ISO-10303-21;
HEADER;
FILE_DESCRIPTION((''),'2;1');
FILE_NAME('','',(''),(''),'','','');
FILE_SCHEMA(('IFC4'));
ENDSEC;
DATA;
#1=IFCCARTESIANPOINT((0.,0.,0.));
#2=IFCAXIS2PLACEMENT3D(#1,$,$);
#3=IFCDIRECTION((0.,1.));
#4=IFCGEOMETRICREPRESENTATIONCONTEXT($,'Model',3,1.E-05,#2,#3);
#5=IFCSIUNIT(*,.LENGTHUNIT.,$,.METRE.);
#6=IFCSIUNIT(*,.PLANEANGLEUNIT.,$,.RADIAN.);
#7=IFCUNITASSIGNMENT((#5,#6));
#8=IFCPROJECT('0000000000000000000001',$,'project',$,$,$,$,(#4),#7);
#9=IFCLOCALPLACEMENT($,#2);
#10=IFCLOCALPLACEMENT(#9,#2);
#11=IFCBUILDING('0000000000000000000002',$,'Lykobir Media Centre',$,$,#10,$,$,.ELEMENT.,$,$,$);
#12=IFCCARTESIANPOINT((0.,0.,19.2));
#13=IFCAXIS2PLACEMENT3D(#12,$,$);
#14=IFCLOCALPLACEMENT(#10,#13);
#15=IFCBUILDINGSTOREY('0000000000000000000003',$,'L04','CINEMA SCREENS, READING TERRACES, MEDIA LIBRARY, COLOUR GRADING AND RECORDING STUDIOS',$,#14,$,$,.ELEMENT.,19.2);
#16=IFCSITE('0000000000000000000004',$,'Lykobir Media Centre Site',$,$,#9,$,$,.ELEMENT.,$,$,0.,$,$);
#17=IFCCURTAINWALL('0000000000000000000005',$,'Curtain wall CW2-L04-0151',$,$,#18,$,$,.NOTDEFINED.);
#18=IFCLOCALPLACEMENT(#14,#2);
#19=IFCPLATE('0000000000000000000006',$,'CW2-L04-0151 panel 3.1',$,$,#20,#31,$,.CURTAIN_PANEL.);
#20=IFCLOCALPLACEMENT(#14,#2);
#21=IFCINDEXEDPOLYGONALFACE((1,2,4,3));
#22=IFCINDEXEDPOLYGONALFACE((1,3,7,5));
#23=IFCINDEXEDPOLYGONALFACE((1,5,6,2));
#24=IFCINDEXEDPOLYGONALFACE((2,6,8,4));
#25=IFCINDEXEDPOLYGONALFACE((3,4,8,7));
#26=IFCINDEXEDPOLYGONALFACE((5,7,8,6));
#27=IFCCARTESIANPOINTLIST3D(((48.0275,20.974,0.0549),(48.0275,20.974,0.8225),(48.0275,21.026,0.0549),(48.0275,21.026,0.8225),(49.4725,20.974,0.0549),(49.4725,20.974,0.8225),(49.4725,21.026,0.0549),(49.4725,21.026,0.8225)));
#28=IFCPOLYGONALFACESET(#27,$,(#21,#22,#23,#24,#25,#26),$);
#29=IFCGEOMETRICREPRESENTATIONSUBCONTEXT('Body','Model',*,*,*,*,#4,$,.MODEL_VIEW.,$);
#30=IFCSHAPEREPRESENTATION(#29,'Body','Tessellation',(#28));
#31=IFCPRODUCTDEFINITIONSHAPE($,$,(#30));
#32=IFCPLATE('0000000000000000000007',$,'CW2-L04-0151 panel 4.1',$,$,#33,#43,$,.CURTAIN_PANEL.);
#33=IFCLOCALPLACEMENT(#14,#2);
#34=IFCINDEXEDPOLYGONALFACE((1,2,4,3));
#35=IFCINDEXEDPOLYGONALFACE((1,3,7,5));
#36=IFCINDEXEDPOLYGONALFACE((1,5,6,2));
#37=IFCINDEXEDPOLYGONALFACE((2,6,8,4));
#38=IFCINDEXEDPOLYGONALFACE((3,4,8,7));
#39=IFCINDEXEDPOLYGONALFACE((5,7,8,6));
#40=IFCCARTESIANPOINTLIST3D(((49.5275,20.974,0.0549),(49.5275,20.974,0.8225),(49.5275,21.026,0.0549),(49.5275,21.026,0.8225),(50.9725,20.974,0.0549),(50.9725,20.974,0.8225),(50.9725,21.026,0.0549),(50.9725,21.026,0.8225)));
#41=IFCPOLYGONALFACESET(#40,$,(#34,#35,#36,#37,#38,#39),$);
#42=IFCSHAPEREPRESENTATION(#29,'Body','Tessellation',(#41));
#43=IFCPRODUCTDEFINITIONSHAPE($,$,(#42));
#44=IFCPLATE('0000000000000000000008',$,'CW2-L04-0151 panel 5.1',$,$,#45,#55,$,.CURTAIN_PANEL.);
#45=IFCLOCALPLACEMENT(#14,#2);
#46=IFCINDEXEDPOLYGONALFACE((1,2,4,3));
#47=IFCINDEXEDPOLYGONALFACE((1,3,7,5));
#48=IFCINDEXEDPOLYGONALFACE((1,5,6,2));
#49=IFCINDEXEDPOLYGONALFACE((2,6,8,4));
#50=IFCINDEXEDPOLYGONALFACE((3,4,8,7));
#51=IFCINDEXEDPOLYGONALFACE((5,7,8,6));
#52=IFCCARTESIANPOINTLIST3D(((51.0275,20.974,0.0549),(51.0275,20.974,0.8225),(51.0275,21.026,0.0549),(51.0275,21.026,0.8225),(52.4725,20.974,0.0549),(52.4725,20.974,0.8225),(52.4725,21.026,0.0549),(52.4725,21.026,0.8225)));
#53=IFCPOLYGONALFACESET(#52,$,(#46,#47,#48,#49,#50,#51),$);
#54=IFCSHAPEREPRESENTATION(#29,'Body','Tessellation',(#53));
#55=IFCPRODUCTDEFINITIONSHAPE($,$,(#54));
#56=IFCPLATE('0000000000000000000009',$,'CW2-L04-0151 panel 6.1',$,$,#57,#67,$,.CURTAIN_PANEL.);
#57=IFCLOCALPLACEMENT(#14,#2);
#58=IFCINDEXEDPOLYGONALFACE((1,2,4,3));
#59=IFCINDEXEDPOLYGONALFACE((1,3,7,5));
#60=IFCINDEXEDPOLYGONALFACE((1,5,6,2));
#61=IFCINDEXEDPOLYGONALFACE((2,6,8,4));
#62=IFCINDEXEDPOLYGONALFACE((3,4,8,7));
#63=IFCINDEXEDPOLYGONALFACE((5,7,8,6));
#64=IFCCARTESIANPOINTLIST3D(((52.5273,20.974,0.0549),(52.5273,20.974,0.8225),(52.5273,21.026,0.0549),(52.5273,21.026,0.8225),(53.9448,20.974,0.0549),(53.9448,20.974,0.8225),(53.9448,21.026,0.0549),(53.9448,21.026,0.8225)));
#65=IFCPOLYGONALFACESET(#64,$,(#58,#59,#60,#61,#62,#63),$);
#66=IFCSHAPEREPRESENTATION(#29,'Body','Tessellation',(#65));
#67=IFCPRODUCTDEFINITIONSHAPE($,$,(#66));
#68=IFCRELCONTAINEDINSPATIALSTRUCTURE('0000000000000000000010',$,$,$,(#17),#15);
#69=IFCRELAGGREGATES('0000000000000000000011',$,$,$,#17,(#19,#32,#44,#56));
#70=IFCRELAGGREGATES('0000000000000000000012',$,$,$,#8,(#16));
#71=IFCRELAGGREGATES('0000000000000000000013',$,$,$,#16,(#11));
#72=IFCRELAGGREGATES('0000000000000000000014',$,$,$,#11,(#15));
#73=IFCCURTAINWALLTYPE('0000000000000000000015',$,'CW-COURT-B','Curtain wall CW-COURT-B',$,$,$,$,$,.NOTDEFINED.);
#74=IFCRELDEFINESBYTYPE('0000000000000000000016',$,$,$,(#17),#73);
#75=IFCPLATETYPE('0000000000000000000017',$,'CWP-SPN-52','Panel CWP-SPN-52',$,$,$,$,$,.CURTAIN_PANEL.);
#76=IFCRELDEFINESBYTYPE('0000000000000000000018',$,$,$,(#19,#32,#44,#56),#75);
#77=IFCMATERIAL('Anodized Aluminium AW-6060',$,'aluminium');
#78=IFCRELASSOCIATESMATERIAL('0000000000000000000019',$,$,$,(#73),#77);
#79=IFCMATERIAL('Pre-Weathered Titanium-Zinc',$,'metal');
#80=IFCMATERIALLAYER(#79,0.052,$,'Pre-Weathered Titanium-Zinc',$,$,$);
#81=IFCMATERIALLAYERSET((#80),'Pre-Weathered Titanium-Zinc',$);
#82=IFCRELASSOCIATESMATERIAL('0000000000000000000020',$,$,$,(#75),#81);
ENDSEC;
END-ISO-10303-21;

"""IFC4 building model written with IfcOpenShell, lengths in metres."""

from ifc_helpers import new_model, si_unit, direction, frame, origin, origin_2d, place, context, subcontext, project, spatial, rectangle, extrude, material, layer, layer_set, type_object, element, aggregate, save


model = new_model("IFC4")

# Units and contexts
model_context = context("Model", 3, precision=1e-05, world=origin(), true_north=direction((0.0, 1.0)))
body_context = subcontext(model_context, "Body", "Model", "MODEL_VIEW")
ifc_project = project(units=[si_unit("LENGTHUNIT", "METRE"), si_unit("PLANEANGLEUNIT", "RADIAN")], contexts=[model_context])

# Site, building, storey
site_placement = place(None, origin())
site = spatial("IfcSite", under=ifc_project, at=site_placement, Name="Lykobir Media Centre Site", CompositionType="ELEMENT", RefElevation=0.0)
building_placement = place(site_placement, origin())
building = spatial("IfcBuilding", under=site, at=building_placement, Name="Lykobir Media Centre", CompositionType="ELEMENT")
storey_placement = place(building_placement, frame((0.0, 0.0, 19.2)))
storey = spatial("IfcBuildingStorey", under=building, at=storey_placement, Name="L04", Description="CINEMA SCREENS, READING TERRACES, MEDIA LIBRARY, COLOUR GRADING AND RECORDING STUDIOS", CompositionType="ELEMENT", Elevation=19.2)

# Curtain wall
ifc_material_1 = material(Name="Anodized Aluminium AW-6060", Category="aluminium")
curtain_wall_type = type_object("IfcCurtainWallType", Name="CW-COURT-B", Description="Curtain wall CW-COURT-B", PredefinedType="NOTDEFINED", material=ifc_material_1)
curtain_wall_1_placement = place(storey_placement, origin())
curtain_wall_1 = element("IfcCurtainWall", 1, at=curtain_wall_1_placement, inside=storey, type_object=curtain_wall_type, Name="Curtain wall CW2-L04-0151", PredefinedType="NOTDEFINED")

# Plates
ifc_material_2 = material(Name="Pre-Weathered Titanium-Zinc", Category="metal")
ifc_layer_1 = layer(ifc_material_2, 0.052, Name="Pre-Weathered Titanium-Zinc")
ifc_layer_set_1 = layer_set([ifc_layer_1], Name="Pre-Weathered Titanium-Zinc")
plate_type_1 = type_object("IfcPlateType", Name="CWP-SPN-52", Description="Panel CWP-SPN-52", PredefinedType="CURTAIN_PANEL", material=ifc_layer_set_1)
plate_1_placement = place(storey_placement, frame((48.75, 21.0, 0.0549), z_axis=(0.0, 0.0, 1.0), x_axis=(1.0, 0.0, 0.0)))
plate_1 = element("IfcPlate", 2, at=plate_1_placement, type_object=plate_type_1, Name="CW2-L04-0151 panel 3.1", PredefinedType="CURTAIN_PANEL", context=body_context, shape_type="SweptSolid", body=[
    extrude(rectangle(XDim=1.4451, YDim=0.052, at=origin_2d()), origin(), (0.0, 0.0, 1.0), 0.7676),
])
plate_2_placement = place(storey_placement, frame((50.25, 21.0, 0.0549), z_axis=(0.0, 0.0, 1.0), x_axis=(1.0, 0.0, 0.0)))
plate_2 = element("IfcPlate", 3, at=plate_2_placement, type_object=plate_type_1, Name="CW2-L04-0151 panel 4.1", PredefinedType="CURTAIN_PANEL", context=body_context, shape_type="SweptSolid", body=[
    extrude(rectangle(XDim=1.4451, YDim=0.052, at=origin_2d()), origin(), (0.0, 0.0, 1.0), 0.7676),
])
plate_3_placement = place(storey_placement, frame((51.75, 21.0, 0.0549), z_axis=(0.0, 0.0, 1.0), x_axis=(1.0, 0.0, 0.0)))
plate_3 = element("IfcPlate", 4, at=plate_3_placement, type_object=plate_type_1, Name="CW2-L04-0151 panel 5.1", PredefinedType="CURTAIN_PANEL", context=body_context, shape_type="SweptSolid", body=[
    extrude(rectangle(XDim=1.4451, YDim=0.052, at=origin_2d()), origin(), (0.0, 0.0, 1.0), 0.7676),
])
plate_4_placement = place(storey_placement, frame((53.2361, 21.0, 0.0549), z_axis=(0.0, 0.0, 1.0), x_axis=(1.0, 0.0, 0.0)))
plate_4 = element("IfcPlate", 5, at=plate_4_placement, type_object=plate_type_1, Name="CW2-L04-0151 panel 6.1", PredefinedType="CURTAIN_PANEL", context=body_context, shape_type="SweptSolid", body=[
    extrude(rectangle(XDim=1.4175, YDim=0.052, at=origin_2d()), origin(), (0.0, 0.0, 1.0), 0.7676),
])
aggregate(curtain_wall_1, [plate_1, plate_2, plate_3, plate_4])

save(model, "model.ifc")
